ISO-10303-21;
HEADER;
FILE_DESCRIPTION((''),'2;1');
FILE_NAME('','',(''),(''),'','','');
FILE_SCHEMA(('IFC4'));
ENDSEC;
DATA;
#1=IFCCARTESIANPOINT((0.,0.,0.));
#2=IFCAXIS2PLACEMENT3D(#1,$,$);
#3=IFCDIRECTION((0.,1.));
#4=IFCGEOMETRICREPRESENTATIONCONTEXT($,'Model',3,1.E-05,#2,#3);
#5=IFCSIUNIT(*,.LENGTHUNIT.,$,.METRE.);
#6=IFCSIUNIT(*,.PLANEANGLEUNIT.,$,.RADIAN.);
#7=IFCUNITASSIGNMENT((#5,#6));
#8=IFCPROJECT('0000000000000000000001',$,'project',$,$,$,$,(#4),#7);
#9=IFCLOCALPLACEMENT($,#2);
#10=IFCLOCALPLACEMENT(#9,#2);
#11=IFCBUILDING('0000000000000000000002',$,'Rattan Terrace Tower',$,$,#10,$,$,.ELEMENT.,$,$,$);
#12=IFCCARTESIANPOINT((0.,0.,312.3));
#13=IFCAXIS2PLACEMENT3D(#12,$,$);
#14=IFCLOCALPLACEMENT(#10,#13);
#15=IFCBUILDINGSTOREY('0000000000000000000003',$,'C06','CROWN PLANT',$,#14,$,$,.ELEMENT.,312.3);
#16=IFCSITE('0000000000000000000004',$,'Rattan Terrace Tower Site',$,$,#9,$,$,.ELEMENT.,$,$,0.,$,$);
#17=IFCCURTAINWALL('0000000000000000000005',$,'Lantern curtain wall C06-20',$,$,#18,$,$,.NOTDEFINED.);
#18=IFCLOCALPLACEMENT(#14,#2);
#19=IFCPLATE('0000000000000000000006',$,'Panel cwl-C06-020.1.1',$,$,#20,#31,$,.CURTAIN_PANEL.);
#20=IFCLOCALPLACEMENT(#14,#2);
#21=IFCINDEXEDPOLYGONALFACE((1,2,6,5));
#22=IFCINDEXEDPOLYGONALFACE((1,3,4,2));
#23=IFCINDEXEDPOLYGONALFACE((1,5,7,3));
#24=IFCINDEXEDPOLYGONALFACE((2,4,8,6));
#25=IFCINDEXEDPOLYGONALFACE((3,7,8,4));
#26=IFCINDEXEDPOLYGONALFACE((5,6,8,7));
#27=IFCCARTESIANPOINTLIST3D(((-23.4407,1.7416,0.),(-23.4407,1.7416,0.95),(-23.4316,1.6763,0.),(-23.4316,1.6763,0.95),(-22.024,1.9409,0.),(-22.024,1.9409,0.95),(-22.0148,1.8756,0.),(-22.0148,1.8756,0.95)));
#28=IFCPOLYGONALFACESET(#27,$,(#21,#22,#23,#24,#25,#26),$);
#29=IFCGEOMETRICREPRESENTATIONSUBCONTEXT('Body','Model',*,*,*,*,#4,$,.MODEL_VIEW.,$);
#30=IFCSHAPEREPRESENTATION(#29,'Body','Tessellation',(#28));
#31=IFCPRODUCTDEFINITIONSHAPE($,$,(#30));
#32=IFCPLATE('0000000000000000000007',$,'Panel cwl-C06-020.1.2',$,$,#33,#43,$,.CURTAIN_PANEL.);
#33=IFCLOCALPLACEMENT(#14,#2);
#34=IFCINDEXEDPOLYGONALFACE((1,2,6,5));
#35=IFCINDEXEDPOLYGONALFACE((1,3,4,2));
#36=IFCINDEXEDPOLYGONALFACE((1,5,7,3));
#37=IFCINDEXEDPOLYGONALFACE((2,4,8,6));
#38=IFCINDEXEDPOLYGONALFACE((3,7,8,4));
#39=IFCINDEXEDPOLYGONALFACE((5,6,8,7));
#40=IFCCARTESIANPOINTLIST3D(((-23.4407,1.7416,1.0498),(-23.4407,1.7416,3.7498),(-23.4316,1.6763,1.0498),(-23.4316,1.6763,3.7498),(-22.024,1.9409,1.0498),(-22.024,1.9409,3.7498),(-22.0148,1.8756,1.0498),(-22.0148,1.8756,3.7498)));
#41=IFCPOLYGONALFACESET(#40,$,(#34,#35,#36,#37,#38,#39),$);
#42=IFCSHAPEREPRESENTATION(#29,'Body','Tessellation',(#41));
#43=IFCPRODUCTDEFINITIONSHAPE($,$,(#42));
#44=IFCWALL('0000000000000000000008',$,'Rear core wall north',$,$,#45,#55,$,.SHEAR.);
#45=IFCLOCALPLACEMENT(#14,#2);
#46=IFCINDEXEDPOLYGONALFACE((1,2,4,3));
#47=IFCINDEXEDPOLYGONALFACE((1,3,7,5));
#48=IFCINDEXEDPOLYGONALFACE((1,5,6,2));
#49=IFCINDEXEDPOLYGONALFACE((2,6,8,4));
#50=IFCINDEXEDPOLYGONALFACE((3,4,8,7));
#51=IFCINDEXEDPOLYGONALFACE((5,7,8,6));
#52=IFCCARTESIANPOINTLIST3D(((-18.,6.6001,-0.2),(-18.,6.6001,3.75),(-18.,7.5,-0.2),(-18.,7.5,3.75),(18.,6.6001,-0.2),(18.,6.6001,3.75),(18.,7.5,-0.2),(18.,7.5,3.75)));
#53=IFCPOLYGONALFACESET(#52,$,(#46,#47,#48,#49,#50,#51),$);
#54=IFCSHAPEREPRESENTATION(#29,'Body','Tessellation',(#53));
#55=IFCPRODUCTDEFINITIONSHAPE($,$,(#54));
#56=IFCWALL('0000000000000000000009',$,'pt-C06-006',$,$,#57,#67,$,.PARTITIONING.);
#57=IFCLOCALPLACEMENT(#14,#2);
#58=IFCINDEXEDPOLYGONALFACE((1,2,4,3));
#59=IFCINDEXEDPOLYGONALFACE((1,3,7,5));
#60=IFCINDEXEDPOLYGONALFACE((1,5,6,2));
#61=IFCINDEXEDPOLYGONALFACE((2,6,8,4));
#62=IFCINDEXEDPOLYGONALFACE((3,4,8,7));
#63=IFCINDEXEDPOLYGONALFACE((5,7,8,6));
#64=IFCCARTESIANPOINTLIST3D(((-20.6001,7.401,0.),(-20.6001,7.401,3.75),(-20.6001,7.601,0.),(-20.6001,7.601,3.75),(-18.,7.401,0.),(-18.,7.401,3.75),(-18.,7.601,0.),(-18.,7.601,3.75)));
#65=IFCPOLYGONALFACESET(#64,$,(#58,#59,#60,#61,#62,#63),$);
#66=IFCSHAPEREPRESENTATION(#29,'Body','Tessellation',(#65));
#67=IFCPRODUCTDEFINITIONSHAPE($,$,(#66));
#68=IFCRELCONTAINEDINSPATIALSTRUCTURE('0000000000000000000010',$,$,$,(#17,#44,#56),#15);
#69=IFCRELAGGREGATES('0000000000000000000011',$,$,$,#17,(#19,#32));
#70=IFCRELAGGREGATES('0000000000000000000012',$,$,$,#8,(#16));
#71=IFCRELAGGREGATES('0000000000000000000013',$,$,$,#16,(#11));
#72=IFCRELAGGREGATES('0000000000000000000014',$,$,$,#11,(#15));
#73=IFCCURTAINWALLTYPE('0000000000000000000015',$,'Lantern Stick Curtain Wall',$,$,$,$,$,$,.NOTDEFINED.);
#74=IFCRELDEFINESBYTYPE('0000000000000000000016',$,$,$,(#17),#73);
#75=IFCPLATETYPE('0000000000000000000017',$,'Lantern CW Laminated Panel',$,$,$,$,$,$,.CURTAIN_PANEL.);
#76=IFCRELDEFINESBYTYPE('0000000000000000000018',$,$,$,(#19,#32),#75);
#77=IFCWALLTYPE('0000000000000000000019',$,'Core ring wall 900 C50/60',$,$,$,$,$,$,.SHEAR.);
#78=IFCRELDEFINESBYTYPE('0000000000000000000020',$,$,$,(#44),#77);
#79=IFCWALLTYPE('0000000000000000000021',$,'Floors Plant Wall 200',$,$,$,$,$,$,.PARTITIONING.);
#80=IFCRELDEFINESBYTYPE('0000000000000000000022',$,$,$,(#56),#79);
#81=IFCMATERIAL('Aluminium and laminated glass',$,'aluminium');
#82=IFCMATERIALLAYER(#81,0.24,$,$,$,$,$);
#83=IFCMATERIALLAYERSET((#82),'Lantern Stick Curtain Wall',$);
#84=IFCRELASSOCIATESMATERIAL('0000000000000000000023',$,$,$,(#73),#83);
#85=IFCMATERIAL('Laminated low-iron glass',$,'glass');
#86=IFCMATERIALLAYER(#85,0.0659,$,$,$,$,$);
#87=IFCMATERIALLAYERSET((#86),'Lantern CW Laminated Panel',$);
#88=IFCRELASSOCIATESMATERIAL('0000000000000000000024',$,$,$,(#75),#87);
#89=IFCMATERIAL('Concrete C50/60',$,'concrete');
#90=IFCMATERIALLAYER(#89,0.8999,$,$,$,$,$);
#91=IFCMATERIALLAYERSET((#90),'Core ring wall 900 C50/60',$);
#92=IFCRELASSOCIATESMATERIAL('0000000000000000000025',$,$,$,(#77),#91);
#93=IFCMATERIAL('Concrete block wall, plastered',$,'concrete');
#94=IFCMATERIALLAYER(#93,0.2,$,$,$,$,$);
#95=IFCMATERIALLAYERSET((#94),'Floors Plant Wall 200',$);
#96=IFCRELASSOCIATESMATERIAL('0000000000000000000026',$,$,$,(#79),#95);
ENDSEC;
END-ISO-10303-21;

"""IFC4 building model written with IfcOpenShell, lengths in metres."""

from ifc_helpers import new_model, si_unit, direction, frame, frame_2d, origin, origin_2d, place, context, subcontext, project, spatial, rectangle, extrude, material, layer, layer_set, type_object, element, aggregate, save


model = new_model("IFC4")

# Units and contexts
model_context = context("Model", 3, precision=1e-05, world=origin(), true_north=direction((0.0, 1.0)))
body_context = subcontext(model_context, "Body", "Model", "MODEL_VIEW")
ifc_project = project(units=[si_unit("LENGTHUNIT", "METRE"), si_unit("PLANEANGLEUNIT", "RADIAN")], contexts=[model_context])

# Site, building, storey
site_placement = place(None, origin())
site = spatial("IfcSite", under=ifc_project, at=site_placement, Name="Rattan Terrace Tower Site", CompositionType="ELEMENT", RefElevation=0.0)
building_placement = place(site_placement, origin())
building = spatial("IfcBuilding", under=site, at=building_placement, Name="Rattan Terrace Tower", CompositionType="ELEMENT")
storey_placement = place(building_placement, frame((0.0, 0.0, 312.3)))
storey = spatial("IfcBuildingStorey", under=building, at=storey_placement, Name="C06", Description="CROWN PLANT", CompositionType="ELEMENT", Elevation=312.3)

# Curtain wall
ifc_material_1 = material(Name="Aluminium and laminated glass", Category="aluminium")
ifc_layer_1 = layer(ifc_material_1, 0.24)
ifc_layer_set_1 = layer_set([ifc_layer_1], Name="Lantern Stick Curtain Wall")
curtain_wall_type = type_object("IfcCurtainWallType", Name="Lantern Stick Curtain Wall", PredefinedType="NOTDEFINED", material=ifc_layer_set_1)
curtain_wall_1_placement = place(storey_placement, origin())
curtain_wall_1 = element("IfcCurtainWall", 1, at=curtain_wall_1_placement, inside=storey, type_object=curtain_wall_type, Name="Lantern curtain wall C06-20", PredefinedType="NOTDEFINED")

# Plates
ifc_material_2 = material(Name="Laminated low-iron glass", Category="glass")
ifc_layer_2 = layer(ifc_material_2, 0.0659)
ifc_layer_set_2 = layer_set([ifc_layer_2], Name="Lantern CW Laminated Panel")
plate_type = type_object("IfcPlateType", Name="Lantern CW Laminated Panel", PredefinedType="CURTAIN_PANEL", material=ifc_layer_set_2)
plate_1_placement = place(storey_placement, frame((-22.7278, 1.8086, 0.0), z_axis=(0.0, 0.0, 1.0), x_axis=(-0.990254, -0.139275, 0.0)))
plate_1 = element("IfcPlate", 2, at=plate_1_placement, type_object=plate_type, Name="Panel cwl-C06-020.1.1", PredefinedType="CURTAIN_PANEL", context=body_context, shape_type="SweptSolid", body=[
    extrude(rectangle(XDim=1.4307, YDim=0.0659, at=origin_2d()), origin(), (0.0, 0.0, 1.0), 0.95),
])
plate_2_placement = place(storey_placement, frame((-22.7278, 1.8086, 1.0498), z_axis=(0.0, 0.0, 1.0), x_axis=(-0.990254, -0.139275, 0.0)))
plate_2 = element("IfcPlate", 3, at=plate_2_placement, type_object=plate_type, Name="Panel cwl-C06-020.1.2", PredefinedType="CURTAIN_PANEL", context=body_context, shape_type="SweptSolid", body=[
    extrude(rectangle(XDim=1.4307, YDim=0.0659, at=origin_2d()), origin(), (0.0, 0.0, 1.0), 2.7),
])
aggregate(curtain_wall_1, [plate_1, plate_2])

# Walls
ifc_material_3 = material(Name="Concrete C50/60", Category="concrete")
ifc_layer_3 = layer(ifc_material_3, 0.8999)
ifc_layer_set_3 = layer_set([ifc_layer_3], Name="Core ring wall 900 C50/60")
wall_type_1 = type_object("IfcWallType", Name="Core ring wall 900 C50/60", PredefinedType="SHEAR", material=ifc_layer_set_3)
wall_1_placement = place(storey_placement, frame((-18.0, 7.05, -0.2), z_axis=(0.0, 0.0, 1.0), x_axis=(1.0, 0.0, 0.0)))
element("IfcWall", 4, at=wall_1_placement, inside=storey, type_object=wall_type_1, Name="Rear core wall north", PredefinedType="SHEAR", context=body_context, shape_type="SweptSolid", body=[
    extrude(rectangle(XDim=36.0, YDim=0.8999, at=frame_2d((18.0, 0.0))), origin(), (0.0, 0.0, 1.0), 3.95),
])
ifc_material_4 = material(Name="Concrete block wall, plastered", Category="concrete")
ifc_layer_4 = layer(ifc_material_4, 0.2)
ifc_layer_set_4 = layer_set([ifc_layer_4], Name="Floors Plant Wall 200")
wall_type_2 = type_object("IfcWallType", Name="Floors Plant Wall 200", PredefinedType="PARTITIONING", material=ifc_layer_set_4)
wall_2_placement = place(storey_placement, frame((-20.6001, 7.501, 0.0), z_axis=(0.0, 0.0, 1.0), x_axis=(1.0, 0.0, 0.0)))
element("IfcWall", 5, at=wall_2_placement, inside=storey, type_object=wall_type_2, Name="pt-C06-006", PredefinedType="PARTITIONING", context=body_context, shape_type="SweptSolid", body=[
    extrude(rectangle(XDim=2.6001, YDim=0.2, at=frame_2d((1.3, 0.0))), origin(), (0.0, 0.0, 1.0), 3.75),
])

save(model, "model.ifc")
